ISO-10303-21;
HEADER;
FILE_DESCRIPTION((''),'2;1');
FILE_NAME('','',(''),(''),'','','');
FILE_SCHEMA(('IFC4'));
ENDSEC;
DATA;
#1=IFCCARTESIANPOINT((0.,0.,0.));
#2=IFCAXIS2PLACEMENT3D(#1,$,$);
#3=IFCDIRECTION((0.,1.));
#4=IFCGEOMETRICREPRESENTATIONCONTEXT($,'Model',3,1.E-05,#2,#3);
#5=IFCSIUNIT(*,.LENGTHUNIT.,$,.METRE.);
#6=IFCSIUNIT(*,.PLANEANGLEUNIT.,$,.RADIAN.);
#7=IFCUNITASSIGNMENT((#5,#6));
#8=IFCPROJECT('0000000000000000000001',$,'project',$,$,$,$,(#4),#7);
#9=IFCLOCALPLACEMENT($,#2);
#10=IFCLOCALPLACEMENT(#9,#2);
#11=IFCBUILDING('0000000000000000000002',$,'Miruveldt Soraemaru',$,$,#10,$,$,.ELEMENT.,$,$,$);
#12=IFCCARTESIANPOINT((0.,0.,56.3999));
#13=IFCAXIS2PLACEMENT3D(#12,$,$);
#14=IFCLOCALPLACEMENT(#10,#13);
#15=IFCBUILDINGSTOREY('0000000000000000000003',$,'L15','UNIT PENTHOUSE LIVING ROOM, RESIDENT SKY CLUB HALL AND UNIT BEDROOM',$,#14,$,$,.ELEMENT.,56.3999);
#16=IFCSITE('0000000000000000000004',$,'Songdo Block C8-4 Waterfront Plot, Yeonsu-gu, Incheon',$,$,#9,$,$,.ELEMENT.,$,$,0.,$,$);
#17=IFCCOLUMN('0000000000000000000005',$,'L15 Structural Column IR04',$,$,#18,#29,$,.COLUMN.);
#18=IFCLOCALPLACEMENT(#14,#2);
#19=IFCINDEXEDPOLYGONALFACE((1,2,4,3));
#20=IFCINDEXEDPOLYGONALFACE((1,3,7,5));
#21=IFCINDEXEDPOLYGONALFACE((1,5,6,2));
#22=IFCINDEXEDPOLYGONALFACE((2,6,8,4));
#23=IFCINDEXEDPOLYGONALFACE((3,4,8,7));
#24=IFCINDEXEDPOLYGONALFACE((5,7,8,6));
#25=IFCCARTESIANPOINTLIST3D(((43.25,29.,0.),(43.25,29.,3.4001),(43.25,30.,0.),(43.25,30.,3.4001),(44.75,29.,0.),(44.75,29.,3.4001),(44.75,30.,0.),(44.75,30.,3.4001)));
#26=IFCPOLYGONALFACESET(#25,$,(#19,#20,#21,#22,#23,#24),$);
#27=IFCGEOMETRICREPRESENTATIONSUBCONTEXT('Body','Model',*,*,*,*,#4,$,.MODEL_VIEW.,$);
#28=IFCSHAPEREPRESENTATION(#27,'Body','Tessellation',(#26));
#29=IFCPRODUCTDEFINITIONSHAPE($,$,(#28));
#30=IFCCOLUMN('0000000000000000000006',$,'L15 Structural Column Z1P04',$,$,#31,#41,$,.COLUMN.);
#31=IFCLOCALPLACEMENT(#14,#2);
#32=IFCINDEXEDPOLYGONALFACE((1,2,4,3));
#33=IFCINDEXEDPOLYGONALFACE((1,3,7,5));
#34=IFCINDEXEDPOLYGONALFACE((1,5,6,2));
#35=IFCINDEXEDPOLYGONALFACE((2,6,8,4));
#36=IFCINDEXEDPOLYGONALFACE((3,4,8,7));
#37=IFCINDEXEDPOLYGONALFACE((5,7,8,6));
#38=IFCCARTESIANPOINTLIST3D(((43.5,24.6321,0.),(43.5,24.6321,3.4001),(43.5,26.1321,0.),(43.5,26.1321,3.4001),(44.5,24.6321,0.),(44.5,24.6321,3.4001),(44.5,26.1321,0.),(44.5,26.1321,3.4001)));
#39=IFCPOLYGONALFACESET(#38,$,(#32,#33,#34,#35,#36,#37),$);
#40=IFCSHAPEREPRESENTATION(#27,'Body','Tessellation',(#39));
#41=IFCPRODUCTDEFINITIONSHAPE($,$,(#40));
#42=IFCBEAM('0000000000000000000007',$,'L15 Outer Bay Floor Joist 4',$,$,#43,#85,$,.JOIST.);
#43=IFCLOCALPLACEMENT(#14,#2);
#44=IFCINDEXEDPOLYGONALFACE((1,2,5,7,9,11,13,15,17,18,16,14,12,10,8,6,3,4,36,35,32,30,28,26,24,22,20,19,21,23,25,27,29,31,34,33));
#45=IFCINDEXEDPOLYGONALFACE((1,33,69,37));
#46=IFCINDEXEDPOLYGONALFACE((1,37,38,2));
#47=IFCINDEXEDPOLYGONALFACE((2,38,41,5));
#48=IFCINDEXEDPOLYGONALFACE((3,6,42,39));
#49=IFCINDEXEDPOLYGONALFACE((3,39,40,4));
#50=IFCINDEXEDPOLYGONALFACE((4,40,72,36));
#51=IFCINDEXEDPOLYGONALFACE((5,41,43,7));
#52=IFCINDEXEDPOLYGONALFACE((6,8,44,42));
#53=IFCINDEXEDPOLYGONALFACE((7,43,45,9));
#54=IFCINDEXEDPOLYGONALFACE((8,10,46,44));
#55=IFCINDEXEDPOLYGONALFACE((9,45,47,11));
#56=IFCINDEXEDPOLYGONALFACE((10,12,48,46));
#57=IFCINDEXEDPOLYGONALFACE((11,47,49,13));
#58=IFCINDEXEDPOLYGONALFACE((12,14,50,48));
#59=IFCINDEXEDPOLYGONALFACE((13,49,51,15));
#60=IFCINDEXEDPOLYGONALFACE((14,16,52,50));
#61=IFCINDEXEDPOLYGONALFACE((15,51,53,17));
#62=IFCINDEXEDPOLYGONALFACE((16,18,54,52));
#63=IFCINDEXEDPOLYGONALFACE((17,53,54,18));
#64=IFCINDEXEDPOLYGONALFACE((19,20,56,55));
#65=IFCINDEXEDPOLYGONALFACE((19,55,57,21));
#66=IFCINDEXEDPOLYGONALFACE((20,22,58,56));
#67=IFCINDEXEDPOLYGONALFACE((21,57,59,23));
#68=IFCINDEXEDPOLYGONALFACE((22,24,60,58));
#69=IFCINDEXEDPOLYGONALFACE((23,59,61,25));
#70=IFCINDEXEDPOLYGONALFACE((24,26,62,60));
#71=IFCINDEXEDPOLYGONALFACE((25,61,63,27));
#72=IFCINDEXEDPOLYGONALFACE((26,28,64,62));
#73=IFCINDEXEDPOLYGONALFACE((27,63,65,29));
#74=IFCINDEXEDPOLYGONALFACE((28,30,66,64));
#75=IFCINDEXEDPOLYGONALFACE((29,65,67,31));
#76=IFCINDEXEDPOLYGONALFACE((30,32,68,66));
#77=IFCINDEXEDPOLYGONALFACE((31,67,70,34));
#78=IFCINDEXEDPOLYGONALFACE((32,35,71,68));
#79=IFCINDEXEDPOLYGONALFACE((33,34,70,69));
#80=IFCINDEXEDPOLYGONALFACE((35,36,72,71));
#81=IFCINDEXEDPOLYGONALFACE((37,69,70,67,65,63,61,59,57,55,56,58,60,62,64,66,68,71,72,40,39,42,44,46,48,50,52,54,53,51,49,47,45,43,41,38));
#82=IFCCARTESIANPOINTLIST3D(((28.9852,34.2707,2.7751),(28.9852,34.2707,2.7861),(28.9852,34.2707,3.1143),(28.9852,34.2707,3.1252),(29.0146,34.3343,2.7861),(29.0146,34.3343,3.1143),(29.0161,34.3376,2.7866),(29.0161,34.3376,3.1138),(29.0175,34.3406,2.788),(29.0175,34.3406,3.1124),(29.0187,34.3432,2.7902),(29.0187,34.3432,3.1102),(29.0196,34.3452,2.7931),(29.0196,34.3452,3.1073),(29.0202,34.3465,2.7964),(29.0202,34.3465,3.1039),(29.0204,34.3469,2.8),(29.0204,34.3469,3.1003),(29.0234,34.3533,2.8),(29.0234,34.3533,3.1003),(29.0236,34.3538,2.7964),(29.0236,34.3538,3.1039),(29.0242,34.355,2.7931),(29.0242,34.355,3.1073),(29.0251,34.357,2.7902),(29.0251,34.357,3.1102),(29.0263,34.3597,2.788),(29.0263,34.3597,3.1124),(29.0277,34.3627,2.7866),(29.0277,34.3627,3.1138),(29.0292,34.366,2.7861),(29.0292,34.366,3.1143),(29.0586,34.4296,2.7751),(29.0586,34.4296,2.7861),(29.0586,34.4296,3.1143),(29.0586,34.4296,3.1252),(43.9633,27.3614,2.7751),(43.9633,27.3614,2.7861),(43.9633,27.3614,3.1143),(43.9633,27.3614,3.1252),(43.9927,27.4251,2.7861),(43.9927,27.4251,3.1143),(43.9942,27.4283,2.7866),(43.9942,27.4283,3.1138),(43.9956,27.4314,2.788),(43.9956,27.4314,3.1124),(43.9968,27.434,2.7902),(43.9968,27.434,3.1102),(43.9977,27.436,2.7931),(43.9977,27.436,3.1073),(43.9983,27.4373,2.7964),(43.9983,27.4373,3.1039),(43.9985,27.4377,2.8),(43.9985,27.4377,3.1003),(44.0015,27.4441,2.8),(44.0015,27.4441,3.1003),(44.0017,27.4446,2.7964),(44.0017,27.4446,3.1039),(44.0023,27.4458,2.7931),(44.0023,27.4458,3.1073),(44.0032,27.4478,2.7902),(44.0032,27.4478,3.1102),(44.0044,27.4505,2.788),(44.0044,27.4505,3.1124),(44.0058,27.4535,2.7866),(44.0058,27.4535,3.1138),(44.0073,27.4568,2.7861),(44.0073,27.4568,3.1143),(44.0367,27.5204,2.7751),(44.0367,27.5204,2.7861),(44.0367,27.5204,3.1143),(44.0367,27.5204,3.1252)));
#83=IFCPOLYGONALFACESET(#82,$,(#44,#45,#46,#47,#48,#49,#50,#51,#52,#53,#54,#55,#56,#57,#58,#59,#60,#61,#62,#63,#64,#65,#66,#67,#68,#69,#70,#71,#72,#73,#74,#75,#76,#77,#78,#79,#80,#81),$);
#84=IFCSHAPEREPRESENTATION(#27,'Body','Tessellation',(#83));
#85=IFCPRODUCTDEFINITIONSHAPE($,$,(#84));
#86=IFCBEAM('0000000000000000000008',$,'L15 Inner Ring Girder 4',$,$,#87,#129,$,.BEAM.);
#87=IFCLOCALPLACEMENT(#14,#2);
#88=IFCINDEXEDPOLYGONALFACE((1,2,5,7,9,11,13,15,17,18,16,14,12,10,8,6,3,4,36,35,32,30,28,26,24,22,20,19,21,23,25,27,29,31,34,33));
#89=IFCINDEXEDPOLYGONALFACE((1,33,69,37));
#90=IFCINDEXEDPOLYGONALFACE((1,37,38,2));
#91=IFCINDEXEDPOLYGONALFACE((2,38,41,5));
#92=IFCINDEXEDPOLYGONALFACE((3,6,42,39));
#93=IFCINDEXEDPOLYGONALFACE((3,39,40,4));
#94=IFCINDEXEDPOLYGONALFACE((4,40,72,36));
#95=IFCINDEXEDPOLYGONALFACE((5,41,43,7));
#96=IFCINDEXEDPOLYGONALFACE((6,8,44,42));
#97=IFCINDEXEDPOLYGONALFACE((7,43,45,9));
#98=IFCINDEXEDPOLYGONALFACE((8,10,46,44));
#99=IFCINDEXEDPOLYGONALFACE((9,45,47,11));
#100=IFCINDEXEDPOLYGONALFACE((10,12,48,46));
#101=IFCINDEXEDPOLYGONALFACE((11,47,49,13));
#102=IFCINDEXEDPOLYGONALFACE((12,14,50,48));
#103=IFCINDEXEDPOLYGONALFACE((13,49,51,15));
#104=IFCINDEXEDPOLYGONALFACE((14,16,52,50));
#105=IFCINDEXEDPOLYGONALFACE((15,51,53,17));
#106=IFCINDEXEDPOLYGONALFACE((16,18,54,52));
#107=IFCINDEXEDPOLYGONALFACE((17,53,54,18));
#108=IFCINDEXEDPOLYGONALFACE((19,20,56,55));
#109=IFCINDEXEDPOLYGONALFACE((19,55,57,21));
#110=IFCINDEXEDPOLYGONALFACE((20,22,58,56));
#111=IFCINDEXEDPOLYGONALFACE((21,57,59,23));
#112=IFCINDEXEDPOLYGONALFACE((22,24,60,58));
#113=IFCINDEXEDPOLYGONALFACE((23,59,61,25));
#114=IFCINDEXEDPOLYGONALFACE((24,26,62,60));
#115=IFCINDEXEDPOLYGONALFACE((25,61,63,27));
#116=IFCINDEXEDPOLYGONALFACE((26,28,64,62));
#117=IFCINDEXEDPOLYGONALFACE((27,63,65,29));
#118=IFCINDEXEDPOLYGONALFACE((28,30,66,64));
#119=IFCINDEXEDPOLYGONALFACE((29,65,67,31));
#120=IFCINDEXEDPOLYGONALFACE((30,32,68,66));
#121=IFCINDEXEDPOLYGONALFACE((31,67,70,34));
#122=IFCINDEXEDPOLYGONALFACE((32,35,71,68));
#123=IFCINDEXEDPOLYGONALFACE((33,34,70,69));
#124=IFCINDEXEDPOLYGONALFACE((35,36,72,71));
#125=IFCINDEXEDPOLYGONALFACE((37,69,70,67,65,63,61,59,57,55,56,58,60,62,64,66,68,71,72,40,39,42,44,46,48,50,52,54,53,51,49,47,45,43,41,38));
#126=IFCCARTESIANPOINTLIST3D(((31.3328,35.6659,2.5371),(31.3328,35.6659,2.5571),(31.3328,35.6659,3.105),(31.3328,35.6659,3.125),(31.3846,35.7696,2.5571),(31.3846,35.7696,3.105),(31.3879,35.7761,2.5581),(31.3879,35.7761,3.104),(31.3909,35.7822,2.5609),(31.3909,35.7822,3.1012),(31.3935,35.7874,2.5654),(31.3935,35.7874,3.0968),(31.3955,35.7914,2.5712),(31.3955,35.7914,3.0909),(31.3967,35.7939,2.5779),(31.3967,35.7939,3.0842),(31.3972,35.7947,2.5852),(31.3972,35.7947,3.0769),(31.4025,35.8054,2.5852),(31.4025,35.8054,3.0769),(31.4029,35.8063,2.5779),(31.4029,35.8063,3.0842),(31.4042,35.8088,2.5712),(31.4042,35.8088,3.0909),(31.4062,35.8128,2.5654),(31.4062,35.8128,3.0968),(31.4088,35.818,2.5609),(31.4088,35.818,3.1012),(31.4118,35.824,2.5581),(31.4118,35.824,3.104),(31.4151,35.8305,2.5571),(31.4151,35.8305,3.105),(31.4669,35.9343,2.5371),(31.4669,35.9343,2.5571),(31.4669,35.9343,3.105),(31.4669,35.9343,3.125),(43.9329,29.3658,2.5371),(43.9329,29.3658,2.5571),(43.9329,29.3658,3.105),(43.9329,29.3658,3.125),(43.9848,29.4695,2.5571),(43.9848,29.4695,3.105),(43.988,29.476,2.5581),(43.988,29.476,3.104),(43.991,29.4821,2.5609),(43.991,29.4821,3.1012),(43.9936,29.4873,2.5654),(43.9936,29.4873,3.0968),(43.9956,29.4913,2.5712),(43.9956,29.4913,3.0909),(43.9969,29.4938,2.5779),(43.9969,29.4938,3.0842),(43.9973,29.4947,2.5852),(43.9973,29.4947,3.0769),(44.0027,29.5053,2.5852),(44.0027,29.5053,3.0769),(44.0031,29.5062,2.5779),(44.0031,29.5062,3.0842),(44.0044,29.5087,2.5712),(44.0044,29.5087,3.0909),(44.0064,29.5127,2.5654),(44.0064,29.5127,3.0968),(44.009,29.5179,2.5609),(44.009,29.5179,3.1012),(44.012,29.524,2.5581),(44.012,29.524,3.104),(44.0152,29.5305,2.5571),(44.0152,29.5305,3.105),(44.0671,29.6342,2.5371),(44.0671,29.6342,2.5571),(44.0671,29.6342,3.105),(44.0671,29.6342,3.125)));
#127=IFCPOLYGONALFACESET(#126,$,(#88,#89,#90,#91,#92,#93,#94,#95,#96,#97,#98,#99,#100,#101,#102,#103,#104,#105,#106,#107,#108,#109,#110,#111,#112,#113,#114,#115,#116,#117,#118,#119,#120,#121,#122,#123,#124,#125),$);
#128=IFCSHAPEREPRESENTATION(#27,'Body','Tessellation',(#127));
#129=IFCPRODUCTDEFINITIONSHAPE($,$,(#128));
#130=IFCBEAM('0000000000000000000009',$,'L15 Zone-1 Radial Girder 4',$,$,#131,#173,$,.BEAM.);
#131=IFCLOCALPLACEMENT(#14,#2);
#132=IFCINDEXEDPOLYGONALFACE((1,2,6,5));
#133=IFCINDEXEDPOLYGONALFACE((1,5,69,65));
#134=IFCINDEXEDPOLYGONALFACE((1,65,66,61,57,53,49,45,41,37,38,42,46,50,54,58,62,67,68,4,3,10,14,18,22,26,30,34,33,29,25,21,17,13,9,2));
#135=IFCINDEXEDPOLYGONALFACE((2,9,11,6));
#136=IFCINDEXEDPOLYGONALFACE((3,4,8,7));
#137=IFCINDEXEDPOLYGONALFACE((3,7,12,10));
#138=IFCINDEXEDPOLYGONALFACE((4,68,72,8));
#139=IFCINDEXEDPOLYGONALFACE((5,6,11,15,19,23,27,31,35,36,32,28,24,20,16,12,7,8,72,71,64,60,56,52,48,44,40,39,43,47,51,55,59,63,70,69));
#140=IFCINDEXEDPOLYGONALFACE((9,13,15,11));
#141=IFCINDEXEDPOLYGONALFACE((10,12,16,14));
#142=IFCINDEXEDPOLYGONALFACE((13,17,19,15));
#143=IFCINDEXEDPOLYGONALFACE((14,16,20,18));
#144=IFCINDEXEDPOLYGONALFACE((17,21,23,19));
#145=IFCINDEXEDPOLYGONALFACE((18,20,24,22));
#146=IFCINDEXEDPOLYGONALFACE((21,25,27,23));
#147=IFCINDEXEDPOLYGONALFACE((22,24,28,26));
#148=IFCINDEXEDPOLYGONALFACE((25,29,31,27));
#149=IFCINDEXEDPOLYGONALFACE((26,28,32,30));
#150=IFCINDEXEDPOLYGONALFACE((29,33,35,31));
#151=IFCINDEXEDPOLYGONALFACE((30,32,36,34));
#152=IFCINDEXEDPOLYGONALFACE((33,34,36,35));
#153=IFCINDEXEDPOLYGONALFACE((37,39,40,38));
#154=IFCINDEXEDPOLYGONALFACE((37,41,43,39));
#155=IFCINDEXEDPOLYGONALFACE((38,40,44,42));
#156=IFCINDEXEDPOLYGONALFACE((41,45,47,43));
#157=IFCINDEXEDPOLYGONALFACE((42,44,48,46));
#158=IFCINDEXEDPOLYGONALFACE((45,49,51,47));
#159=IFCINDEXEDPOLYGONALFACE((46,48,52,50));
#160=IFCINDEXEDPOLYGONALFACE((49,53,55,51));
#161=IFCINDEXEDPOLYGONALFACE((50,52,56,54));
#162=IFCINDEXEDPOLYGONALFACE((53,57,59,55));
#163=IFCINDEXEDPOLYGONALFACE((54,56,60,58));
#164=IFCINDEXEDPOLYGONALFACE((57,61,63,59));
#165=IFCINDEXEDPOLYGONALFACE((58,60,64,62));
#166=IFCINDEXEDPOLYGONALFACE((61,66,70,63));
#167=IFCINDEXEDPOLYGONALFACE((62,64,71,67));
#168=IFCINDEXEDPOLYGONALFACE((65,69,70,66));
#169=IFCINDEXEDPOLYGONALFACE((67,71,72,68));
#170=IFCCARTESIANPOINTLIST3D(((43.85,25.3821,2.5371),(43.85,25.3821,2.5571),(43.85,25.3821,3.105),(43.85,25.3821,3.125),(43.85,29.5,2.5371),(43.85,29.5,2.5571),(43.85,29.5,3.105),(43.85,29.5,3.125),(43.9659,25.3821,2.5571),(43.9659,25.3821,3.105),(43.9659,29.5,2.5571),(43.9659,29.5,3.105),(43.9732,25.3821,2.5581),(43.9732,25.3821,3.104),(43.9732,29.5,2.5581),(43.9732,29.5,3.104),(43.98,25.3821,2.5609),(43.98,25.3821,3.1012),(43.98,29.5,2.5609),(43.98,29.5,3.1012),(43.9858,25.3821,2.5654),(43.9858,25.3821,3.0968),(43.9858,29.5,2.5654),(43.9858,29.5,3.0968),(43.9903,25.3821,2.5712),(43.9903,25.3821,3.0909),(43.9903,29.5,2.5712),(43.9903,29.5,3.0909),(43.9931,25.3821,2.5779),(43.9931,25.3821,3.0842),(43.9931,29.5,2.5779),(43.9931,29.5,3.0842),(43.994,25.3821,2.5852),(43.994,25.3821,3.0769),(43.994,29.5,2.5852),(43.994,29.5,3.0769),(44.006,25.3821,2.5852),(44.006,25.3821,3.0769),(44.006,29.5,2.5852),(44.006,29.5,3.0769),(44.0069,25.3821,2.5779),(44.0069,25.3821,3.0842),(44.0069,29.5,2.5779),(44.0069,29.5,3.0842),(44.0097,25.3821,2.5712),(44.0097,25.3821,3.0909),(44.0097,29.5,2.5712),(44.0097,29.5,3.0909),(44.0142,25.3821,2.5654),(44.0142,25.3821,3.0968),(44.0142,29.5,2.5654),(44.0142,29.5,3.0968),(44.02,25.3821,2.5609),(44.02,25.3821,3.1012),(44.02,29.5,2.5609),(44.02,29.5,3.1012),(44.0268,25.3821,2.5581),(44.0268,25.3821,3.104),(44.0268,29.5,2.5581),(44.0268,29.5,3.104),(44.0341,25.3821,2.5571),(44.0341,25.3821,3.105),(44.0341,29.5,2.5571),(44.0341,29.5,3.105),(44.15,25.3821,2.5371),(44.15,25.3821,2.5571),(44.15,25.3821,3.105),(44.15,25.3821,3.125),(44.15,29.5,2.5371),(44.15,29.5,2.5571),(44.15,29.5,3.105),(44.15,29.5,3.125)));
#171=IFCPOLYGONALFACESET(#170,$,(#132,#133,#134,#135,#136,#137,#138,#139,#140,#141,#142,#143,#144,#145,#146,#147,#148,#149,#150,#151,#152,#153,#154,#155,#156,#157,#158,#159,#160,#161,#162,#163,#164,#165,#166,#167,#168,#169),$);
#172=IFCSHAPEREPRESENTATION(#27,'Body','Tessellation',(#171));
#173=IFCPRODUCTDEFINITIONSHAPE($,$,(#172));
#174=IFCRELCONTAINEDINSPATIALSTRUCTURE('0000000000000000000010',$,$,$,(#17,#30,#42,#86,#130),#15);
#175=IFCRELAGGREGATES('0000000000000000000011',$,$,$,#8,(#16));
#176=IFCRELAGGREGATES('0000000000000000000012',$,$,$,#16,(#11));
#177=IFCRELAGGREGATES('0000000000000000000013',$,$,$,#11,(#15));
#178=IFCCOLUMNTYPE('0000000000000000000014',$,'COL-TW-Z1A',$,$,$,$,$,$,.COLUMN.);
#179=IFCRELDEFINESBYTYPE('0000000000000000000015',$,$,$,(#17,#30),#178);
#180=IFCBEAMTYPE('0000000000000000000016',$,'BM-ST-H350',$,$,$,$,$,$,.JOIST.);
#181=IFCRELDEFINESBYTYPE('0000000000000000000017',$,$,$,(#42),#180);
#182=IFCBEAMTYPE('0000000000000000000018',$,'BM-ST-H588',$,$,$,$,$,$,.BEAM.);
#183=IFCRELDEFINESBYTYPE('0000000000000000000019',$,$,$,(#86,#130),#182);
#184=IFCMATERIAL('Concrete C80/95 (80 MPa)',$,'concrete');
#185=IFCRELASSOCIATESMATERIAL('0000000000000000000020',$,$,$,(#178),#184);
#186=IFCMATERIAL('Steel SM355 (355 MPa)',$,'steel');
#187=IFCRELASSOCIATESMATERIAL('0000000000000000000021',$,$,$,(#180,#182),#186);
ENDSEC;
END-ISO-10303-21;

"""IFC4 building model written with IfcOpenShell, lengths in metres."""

from ifc_helpers import new_model, si_unit, direction, frame, origin, origin_2d, place, context, subcontext, project, spatial, rectangle, i_section, extrude, material, material_profile, profile_set, type_object, element, save


model = new_model("IFC4")

# Units and contexts
model_context = context("Model", 3, precision=1e-05, world=origin(), true_north=direction((0.0, 1.0)))
body_context = subcontext(model_context, "Body", "Model", "MODEL_VIEW")
ifc_project = project(units=[si_unit("LENGTHUNIT", "METRE"), si_unit("PLANEANGLEUNIT", "RADIAN")], contexts=[model_context])

# Site, building, storey
site_placement = place(None, origin())
site = spatial("IfcSite", under=ifc_project, at=site_placement, Name="Songdo Block C8-4 Waterfront Plot, Yeonsu-gu, Incheon", CompositionType="ELEMENT", RefElevation=0.0)
building_placement = place(site_placement, origin())
building = spatial("IfcBuilding", under=site, at=building_placement, Name="Miruveldt Soraemaru", CompositionType="ELEMENT")
storey_placement = place(building_placement, frame((0.0, 0.0, 56.3999)))
storey = spatial("IfcBuildingStorey", under=building, at=storey_placement, Name="L15", Description="UNIT PENTHOUSE LIVING ROOM, RESIDENT SKY CLUB HALL AND UNIT BEDROOM", CompositionType="ELEMENT", Elevation=56.3999)

# Columns
ifc_material_1 = material(Name="Concrete C80/95 (80 MPa)", Category="concrete")
ifc_material_profile_1 = material_profile(ifc_material_1, rectangle(XDim=1.5, YDim=1.0, at=origin_2d()), Name="Concrete C80/95 (80 MPa)", Category="concrete")
ifc_profile_set_1 = profile_set([ifc_material_profile_1], Name="Concrete C80/95 (80 MPa)")
column_type = type_object("IfcColumnType", Name="COL-TW-Z1A", PredefinedType="COLUMN", material=ifc_profile_set_1)
for number, where, z_axis, x_axis, name in (
    (1, (44.0, 29.5, 0.0), (0.0, 0.0, 1.0), (1.0, 0.0, 0.0), "L15 Structural Column IR04"),
    (2, (44.0, 25.3821, 0.0), (0.0, 0.0, 1.0), (0.0, 1.0, 0.0), "L15 Structural Column Z1P04"),
):
    element("IfcColumn", number, at=place(storey_placement, frame(where, z_axis=z_axis, x_axis=x_axis)), inside=storey, type_object=column_type, Name=name, PredefinedType="COLUMN", context=body_context, shape_type="SweptSolid", body=[
        extrude(rectangle(XDim=1.5, YDim=1.0, at=origin_2d()), origin(), (0.0, 0.0, 1.0), 3.4001),
    ])

# Beams
ifc_material_2 = material(Name="Steel SM355 (355 MPa)", Category="steel")
ifc_material_profile_2 = material_profile(ifc_material_2, i_section(OverallWidth=0.175, OverallDepth=0.3501, WebThickness=0.0071, FlangeThickness=0.011, FilletRadius=0.0139, at=origin_2d()), Name="Steel SM355 (355 MPa)", Category="steel")
ifc_profile_set_2 = profile_set([ifc_material_profile_2], Name="Steel SM355 (355 MPa)")
beam_type_1 = type_object("IfcBeamType", Name="BM-ST-H350", PredefinedType="JOIST", material=ifc_profile_set_2)
beam_1_placement = place(storey_placement, frame((44.0, 27.4409, 2.9502), z_axis=(-0.908046, 0.41887, 0.0), x_axis=(-0.41887, -0.908046, 0.0)))
element("IfcBeam", 3, at=beam_1_placement, inside=storey, type_object=beam_type_1, Name="L15 Outer Bay Floor Joist 4", PredefinedType="JOIST", context=body_context, shape_type="SweptSolid", body=[
    extrude(i_section(OverallWidth=0.175, OverallDepth=0.3501, WebThickness=0.0071, FlangeThickness=0.011, FilletRadius=0.0139, at=origin_2d()), origin(), (0.0, 0.0, 1.0), 16.4949),
])
ifc_material_profile_3 = material_profile(ifc_material_2, i_section(OverallWidth=0.3, OverallDepth=0.5879, WebThickness=0.012, FlangeThickness=0.02, FilletRadius=0.0281, at=origin_2d()), Name="Steel SM355 (355 MPa)", Category="steel")
ifc_profile_set_3 = profile_set([ifc_material_profile_3], Name="Steel SM355 (355 MPa)")
beam_type_2 = type_object("IfcBeamType", Name="BM-ST-H588", PredefinedType="BEAM", material=ifc_profile_set_3)
beam_2_placement = place(storey_placement, frame((44.0, 29.5, 2.8311), z_axis=(-0.894427, 0.447214, 0.0), x_axis=(-0.447214, -0.894427, 0.0)))
element("IfcBeam", 4, at=beam_2_placement, inside=storey, type_object=beam_type_2, Name="L15 Inner Ring Girder 4", PredefinedType="BEAM", context=body_context, shape_type="SweptSolid", body=[
    extrude(i_section(OverallWidth=0.3, OverallDepth=0.5879, WebThickness=0.012, FlangeThickness=0.02, FilletRadius=0.0281, at=origin_2d()), origin(), (0.0, 0.0, 1.0), 14.0874),
])
beam_3_placement = place(storey_placement, frame((44.0, 29.5, 2.8311), z_axis=(0.0, -1.0, 0.0), x_axis=(1.0, 0.0, 0.0)))
element("IfcBeam", 5, at=beam_3_placement, inside=storey, type_object=beam_type_2, Name="L15 Zone-1 Radial Girder 4", PredefinedType="BEAM", context=body_context, shape_type="SweptSolid", body=[
    extrude(i_section(OverallWidth=0.3, OverallDepth=0.5879, WebThickness=0.012, FlangeThickness=0.02, FilletRadius=0.0281, at=origin_2d()), origin(), (0.0, 0.0, 1.0), 4.1179),
])

save(model, "model.ifc")
